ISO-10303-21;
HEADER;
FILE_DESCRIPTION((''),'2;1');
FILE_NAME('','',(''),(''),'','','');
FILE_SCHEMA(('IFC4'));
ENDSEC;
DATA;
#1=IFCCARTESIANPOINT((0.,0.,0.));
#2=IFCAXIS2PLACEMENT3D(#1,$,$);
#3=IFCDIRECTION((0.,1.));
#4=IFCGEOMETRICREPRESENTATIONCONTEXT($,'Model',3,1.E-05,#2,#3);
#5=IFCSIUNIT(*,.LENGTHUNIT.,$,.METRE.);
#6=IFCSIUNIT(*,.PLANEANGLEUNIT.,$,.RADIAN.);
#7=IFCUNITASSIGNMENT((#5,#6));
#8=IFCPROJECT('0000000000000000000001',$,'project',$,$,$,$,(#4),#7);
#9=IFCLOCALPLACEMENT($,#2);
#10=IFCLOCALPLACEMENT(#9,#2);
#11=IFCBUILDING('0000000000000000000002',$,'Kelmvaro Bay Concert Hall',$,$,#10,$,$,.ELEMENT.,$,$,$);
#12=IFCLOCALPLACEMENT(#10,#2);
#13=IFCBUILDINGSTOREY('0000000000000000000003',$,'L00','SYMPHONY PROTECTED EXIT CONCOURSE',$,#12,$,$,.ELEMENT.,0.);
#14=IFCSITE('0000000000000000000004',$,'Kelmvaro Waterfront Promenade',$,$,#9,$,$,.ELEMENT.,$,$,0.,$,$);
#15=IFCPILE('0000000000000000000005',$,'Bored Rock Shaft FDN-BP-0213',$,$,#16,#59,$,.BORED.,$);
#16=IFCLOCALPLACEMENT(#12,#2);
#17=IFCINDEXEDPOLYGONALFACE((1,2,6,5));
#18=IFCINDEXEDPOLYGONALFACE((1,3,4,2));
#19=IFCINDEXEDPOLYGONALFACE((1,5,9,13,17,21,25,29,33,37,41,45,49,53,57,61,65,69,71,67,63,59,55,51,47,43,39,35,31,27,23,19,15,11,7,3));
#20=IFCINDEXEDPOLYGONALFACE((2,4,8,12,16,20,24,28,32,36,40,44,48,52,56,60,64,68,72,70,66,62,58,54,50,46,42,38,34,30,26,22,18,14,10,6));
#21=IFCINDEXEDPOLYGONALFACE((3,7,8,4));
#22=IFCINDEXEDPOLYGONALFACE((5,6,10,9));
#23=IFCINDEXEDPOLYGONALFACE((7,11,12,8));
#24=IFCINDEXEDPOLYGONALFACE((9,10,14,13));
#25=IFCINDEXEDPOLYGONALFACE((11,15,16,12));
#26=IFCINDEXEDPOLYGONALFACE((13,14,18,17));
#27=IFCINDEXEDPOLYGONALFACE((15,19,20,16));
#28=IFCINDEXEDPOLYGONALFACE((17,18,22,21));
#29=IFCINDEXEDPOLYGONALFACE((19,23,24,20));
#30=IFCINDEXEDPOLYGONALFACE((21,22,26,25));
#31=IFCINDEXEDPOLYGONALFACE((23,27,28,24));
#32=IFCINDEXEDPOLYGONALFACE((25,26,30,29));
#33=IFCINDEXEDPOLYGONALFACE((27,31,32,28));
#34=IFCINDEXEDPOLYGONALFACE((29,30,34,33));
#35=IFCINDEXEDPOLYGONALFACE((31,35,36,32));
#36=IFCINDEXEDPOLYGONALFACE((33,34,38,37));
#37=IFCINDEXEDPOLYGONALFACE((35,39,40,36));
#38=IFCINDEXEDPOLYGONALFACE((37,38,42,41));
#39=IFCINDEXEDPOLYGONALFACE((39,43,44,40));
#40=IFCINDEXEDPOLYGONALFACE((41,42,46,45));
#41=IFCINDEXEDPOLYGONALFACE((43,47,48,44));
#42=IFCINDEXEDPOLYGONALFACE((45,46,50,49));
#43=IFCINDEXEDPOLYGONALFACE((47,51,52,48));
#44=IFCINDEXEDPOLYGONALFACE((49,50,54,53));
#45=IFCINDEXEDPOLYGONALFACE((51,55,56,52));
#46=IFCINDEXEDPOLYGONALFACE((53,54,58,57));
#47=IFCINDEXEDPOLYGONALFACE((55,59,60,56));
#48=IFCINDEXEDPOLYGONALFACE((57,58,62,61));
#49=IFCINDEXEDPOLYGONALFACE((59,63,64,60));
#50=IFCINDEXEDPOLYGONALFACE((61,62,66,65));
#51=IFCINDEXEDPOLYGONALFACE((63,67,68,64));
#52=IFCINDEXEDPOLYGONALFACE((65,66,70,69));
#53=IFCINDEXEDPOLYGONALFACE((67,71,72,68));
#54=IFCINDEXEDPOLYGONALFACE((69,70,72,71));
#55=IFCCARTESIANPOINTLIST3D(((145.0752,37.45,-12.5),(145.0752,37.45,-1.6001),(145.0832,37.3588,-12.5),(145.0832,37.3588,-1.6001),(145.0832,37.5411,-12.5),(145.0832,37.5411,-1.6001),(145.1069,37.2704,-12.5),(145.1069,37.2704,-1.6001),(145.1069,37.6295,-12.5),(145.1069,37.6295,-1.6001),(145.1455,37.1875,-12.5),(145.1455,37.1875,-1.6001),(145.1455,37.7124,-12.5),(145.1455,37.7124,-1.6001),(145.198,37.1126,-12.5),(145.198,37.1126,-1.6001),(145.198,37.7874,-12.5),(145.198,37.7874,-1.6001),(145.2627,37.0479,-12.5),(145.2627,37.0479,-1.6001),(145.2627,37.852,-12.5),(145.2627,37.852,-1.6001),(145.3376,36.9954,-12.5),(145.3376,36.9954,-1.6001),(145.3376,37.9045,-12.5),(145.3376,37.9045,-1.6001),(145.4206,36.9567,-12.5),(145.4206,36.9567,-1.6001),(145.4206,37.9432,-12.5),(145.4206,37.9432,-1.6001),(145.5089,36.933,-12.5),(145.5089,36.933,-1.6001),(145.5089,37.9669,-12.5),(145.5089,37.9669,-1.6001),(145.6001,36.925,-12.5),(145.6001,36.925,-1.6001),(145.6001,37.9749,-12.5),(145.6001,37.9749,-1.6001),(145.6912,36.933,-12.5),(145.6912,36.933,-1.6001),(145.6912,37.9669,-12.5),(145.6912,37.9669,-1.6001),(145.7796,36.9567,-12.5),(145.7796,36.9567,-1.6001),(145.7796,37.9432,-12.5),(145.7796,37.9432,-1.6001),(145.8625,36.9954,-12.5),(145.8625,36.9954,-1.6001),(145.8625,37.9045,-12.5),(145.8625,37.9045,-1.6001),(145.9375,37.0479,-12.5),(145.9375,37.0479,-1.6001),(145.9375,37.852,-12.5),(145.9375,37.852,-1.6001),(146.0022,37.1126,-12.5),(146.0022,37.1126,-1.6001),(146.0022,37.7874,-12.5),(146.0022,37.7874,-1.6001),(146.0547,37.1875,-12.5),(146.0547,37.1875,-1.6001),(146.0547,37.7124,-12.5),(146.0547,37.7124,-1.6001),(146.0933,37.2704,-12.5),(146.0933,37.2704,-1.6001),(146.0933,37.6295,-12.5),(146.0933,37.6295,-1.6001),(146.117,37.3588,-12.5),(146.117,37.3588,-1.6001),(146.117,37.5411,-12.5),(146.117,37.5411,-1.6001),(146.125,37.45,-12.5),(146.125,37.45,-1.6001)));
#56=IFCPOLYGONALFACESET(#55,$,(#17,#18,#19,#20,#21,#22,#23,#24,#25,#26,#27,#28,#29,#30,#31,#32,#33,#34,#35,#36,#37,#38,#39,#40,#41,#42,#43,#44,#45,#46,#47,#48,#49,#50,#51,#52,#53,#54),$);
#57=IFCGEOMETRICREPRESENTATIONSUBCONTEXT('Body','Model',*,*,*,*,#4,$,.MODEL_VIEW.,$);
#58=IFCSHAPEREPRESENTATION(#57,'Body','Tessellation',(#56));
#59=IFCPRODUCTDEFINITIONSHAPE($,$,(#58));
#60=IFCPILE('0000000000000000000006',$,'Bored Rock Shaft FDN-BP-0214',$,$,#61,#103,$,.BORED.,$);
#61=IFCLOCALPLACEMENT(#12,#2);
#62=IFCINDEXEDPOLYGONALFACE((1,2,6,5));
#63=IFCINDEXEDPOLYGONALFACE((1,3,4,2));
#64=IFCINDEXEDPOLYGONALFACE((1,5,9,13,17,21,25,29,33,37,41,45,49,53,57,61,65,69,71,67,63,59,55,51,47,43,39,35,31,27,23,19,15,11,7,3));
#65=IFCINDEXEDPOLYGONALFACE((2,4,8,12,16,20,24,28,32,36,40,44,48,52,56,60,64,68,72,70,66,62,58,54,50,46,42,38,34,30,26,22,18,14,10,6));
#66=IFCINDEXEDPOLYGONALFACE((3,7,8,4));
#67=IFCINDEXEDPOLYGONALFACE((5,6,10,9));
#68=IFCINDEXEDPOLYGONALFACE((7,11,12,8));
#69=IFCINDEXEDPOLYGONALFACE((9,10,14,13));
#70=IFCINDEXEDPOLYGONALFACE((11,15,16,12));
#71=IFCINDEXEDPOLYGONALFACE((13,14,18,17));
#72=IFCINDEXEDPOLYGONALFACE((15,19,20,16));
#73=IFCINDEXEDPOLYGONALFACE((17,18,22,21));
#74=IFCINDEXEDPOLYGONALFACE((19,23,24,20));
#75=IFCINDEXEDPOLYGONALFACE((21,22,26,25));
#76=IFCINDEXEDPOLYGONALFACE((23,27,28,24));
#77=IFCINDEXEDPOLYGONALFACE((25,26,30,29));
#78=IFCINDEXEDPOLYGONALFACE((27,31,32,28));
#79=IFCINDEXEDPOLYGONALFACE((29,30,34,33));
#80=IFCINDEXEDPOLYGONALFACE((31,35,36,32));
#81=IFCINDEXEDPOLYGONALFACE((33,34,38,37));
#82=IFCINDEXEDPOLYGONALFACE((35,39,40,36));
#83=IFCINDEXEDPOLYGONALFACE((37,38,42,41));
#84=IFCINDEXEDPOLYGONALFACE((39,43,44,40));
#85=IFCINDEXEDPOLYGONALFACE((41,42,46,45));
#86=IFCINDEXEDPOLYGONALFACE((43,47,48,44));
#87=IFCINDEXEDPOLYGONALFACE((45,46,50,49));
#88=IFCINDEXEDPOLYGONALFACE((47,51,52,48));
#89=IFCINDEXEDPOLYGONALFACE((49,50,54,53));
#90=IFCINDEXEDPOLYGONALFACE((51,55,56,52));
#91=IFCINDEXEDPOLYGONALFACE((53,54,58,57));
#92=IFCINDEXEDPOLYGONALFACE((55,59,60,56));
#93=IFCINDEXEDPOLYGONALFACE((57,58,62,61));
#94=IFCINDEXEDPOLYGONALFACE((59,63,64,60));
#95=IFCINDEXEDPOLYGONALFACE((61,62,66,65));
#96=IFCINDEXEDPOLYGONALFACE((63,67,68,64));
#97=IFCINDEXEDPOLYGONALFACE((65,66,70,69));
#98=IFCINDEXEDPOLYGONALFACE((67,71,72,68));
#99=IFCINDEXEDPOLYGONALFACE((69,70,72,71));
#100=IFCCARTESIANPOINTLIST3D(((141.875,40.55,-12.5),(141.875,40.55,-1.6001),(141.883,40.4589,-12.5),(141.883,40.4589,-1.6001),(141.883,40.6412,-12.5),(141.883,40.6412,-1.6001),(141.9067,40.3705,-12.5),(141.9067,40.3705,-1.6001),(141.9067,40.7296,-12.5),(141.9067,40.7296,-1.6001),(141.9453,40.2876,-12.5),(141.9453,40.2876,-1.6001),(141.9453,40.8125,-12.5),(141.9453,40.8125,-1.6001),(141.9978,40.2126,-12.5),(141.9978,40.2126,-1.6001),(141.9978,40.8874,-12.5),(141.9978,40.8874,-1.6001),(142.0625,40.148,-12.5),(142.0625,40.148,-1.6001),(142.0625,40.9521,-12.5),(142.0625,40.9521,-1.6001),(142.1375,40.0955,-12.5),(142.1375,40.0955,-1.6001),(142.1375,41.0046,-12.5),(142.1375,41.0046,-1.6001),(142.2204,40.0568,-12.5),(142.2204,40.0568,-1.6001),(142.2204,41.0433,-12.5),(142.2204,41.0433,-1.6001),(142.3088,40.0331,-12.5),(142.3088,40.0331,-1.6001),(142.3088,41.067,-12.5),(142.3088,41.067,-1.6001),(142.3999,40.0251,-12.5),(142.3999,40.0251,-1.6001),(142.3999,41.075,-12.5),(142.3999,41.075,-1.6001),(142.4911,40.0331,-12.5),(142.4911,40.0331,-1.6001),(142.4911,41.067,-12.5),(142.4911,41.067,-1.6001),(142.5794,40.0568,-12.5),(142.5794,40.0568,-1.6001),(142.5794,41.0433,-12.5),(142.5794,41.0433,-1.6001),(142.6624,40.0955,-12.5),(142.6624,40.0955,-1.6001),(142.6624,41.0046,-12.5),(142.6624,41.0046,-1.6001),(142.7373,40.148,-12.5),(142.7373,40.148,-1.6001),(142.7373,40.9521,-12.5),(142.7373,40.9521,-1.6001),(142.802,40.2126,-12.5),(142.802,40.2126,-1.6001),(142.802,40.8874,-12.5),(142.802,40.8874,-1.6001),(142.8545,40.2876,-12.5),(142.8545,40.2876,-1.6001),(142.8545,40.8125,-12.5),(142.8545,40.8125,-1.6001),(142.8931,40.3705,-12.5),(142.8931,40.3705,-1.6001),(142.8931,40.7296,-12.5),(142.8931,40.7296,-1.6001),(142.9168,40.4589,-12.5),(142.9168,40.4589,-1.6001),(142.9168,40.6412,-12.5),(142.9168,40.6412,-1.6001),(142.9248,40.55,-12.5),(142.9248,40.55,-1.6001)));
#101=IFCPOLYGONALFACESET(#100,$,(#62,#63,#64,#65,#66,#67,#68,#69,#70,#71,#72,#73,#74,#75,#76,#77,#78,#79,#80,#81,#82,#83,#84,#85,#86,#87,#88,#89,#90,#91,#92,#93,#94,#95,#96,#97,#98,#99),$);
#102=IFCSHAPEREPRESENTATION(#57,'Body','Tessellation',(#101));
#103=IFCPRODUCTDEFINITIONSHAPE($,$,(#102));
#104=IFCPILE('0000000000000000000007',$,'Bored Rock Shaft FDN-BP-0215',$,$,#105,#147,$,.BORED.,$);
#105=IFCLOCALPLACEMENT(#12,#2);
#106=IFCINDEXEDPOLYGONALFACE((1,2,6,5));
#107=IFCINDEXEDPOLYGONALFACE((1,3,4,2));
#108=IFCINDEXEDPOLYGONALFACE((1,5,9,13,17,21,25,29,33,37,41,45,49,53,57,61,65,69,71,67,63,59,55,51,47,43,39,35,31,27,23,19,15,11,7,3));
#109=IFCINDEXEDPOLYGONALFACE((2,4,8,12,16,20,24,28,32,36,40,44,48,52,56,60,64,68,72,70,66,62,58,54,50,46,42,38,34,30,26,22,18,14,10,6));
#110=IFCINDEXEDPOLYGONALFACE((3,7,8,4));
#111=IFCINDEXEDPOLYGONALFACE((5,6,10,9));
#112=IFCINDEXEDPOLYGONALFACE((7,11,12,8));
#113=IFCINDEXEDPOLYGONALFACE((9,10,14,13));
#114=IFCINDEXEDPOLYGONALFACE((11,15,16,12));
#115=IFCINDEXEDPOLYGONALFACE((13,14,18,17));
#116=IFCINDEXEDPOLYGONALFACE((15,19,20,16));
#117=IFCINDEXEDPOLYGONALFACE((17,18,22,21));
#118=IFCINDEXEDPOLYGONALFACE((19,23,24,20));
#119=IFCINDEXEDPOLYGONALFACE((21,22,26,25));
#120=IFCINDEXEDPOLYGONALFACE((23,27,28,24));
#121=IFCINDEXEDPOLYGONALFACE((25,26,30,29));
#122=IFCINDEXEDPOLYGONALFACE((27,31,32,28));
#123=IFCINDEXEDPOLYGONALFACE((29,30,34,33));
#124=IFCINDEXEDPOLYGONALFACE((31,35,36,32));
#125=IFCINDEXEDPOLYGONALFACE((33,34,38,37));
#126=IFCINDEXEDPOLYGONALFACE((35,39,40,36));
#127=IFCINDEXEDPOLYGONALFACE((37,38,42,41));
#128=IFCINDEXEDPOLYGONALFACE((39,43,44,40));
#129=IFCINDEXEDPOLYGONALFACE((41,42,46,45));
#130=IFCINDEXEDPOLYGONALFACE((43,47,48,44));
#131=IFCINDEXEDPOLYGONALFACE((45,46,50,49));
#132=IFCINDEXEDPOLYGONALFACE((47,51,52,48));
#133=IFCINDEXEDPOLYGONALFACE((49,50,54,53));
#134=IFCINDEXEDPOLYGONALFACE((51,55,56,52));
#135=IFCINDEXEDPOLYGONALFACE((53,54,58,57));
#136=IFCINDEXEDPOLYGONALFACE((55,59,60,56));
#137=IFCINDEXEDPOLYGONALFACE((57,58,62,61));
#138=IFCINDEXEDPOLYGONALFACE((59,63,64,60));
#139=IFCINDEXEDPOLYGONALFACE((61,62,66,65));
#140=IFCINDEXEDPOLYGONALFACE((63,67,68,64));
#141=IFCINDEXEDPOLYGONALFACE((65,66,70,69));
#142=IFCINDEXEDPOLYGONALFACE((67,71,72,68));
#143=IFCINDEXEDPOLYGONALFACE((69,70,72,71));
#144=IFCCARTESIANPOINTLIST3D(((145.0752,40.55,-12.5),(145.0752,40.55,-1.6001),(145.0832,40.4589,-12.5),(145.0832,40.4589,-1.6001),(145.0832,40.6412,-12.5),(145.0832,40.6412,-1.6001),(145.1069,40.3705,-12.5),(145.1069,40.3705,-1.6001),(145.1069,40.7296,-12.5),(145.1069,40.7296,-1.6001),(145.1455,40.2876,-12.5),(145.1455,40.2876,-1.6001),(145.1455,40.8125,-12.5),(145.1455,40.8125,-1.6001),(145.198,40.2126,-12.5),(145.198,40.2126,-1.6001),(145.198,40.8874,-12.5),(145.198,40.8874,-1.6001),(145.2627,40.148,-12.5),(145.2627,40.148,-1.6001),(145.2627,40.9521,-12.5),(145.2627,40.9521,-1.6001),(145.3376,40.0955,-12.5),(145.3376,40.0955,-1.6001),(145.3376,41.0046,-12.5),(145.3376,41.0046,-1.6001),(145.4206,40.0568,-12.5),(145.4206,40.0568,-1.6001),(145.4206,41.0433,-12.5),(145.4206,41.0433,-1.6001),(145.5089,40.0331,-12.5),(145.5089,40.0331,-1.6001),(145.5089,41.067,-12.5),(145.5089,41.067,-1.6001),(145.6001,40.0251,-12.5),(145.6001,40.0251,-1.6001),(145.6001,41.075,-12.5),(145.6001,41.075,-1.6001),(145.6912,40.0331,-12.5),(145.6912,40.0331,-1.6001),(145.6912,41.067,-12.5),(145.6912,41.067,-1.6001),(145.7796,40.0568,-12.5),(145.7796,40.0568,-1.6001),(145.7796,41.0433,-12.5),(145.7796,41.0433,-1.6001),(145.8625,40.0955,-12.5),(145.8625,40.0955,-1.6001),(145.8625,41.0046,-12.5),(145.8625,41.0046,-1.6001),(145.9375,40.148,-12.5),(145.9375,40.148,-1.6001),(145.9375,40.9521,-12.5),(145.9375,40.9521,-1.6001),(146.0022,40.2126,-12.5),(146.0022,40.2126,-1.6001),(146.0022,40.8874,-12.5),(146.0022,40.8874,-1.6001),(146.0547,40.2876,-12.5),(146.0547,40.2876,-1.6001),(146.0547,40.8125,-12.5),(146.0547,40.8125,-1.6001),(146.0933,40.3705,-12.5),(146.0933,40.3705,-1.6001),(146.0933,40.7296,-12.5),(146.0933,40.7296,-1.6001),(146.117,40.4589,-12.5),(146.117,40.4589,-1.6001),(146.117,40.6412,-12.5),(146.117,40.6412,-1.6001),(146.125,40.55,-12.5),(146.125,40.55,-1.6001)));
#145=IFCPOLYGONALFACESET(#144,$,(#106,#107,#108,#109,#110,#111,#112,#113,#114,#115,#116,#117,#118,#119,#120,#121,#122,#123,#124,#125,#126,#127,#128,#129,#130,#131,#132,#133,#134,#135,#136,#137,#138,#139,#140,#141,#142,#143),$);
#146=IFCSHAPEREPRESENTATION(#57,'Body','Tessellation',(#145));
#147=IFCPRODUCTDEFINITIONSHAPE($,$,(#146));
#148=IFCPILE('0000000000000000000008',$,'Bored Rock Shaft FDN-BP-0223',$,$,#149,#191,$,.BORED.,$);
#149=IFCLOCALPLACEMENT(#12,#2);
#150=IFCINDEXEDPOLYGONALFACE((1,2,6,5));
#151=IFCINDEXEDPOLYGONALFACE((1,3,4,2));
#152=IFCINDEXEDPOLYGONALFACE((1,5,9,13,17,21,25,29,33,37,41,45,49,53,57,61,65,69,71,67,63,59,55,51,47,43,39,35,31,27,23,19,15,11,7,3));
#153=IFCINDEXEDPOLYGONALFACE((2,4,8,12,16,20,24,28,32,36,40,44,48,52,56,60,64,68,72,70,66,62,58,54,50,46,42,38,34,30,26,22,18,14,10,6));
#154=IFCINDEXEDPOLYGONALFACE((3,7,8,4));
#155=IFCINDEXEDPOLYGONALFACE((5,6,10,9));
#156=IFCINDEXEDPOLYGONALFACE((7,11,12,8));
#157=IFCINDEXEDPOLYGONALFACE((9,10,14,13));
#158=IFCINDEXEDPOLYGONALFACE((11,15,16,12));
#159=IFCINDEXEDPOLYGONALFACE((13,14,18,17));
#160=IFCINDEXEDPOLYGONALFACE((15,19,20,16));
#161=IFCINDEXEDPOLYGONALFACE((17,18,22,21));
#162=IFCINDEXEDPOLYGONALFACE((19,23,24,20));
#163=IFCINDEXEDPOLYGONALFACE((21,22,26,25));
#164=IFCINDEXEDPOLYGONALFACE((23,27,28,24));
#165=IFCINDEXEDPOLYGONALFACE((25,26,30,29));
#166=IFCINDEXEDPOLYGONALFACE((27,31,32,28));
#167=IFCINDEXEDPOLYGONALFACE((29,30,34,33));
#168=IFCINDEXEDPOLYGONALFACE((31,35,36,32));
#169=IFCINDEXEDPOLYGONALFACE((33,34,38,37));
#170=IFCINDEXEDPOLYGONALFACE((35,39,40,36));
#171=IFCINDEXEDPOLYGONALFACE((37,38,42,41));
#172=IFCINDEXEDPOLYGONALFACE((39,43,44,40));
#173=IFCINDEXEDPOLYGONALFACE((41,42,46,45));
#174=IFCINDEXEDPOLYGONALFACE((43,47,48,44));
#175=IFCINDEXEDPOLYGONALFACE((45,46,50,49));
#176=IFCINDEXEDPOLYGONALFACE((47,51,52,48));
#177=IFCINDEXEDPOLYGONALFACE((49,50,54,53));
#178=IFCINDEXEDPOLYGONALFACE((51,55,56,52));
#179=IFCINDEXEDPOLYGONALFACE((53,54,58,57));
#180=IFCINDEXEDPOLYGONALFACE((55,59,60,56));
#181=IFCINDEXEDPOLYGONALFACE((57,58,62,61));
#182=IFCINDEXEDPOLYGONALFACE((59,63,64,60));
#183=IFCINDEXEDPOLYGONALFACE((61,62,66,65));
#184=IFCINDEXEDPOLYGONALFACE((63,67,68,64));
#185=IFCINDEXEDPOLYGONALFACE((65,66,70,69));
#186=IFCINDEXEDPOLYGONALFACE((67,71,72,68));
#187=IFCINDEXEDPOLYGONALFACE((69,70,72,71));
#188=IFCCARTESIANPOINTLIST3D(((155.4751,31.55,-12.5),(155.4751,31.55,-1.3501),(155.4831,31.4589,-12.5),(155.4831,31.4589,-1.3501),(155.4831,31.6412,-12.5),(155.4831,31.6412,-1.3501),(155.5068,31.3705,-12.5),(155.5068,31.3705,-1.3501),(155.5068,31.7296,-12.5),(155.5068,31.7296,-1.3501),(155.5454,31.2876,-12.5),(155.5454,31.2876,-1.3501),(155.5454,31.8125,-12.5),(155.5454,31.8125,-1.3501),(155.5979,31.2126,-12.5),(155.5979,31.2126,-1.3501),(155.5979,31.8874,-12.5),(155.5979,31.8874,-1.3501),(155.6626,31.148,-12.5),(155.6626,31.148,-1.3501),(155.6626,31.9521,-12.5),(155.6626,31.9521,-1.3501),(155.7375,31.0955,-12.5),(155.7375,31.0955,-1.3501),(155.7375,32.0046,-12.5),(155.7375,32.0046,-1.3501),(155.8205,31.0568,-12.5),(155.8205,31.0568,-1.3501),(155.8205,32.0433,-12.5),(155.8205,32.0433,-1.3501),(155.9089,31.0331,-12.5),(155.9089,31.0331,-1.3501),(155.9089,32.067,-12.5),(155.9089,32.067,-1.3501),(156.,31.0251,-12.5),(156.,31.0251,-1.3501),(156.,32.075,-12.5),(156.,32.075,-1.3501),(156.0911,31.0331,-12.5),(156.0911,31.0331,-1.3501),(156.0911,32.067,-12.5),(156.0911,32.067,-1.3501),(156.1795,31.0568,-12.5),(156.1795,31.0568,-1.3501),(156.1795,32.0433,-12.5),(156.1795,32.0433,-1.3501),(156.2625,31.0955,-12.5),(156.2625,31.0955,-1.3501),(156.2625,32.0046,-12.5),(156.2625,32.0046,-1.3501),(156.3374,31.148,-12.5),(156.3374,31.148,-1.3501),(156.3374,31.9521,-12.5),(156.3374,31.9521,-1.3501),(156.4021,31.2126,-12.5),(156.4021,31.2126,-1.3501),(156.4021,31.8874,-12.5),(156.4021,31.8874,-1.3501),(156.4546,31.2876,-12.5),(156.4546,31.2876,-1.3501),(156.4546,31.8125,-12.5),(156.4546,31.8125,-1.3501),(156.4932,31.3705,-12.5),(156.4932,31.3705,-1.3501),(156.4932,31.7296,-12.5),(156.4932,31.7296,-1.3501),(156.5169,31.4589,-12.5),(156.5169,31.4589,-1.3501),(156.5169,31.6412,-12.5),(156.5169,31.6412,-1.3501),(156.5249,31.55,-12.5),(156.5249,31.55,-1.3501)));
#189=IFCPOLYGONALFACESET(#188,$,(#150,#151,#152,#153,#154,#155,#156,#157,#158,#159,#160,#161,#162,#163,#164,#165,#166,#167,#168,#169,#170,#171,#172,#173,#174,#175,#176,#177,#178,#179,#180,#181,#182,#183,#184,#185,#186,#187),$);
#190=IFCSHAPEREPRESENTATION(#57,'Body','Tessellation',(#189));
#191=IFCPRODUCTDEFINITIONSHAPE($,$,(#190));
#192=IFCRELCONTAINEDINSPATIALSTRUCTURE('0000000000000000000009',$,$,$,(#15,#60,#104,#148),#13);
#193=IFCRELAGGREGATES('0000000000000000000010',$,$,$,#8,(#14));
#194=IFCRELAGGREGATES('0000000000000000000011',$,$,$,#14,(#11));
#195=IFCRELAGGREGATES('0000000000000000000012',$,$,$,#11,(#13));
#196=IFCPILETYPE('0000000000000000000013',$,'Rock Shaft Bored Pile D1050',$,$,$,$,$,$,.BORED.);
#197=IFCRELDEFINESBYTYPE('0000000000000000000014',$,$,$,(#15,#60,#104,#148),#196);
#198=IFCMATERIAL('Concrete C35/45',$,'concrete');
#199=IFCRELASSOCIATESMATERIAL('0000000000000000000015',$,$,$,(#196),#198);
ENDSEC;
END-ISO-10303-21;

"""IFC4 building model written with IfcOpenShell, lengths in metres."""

from ifc_helpers import new_model, si_unit, direction, frame, origin, origin_2d, place, context, subcontext, project, spatial, circle, extrude, material, material_profile, profile_set, type_object, element, save


model = new_model("IFC4")

# Units and contexts
model_context = context("Model", 3, precision=1e-05, world=origin(), true_north=direction((0.0, 1.0)))
body_context = subcontext(model_context, "Body", "Model", "MODEL_VIEW")
ifc_project = project(units=[si_unit("LENGTHUNIT", "METRE"), si_unit("PLANEANGLEUNIT", "RADIAN")], contexts=[model_context])

# Site, building, storey
site_placement = place(None, origin())
site = spatial("IfcSite", under=ifc_project, at=site_placement, Name="Kelmvaro Waterfront Promenade", CompositionType="ELEMENT", RefElevation=0.0)
building_placement = place(site_placement, origin())
building = spatial("IfcBuilding", under=site, at=building_placement, Name="Kelmvaro Bay Concert Hall", CompositionType="ELEMENT")
storey_placement = place(building_placement, origin())
storey = spatial("IfcBuildingStorey", under=building, at=storey_placement, Name="L00", Description="SYMPHONY PROTECTED EXIT CONCOURSE", CompositionType="ELEMENT", Elevation=0.0)

# Piles
ifc_material_1 = material(Name="Concrete C35/45", Category="concrete")
ifc_material_profile_1 = material_profile(ifc_material_1, circle(Radius=0.5249, at=origin_2d()), Name="PILE-BORED-1050")
ifc_profile_set_1 = profile_set([ifc_material_profile_1], Name="Concrete C35/45")
pile_type = type_object("IfcPileType", Name="Rock Shaft Bored Pile D1050", PredefinedType="BORED", material=ifc_profile_set_1)
for number, where, z_axis, x_axis, name in (
    (1, (145.6001, 37.45, -1.6001), (0.0, 0.0, -1.0), (1.0, 0.0, 0.0), "Bored Rock Shaft FDN-BP-0213"),
    (2, (142.3999, 40.55, -1.6001), (0.0, 0.0, -1.0), (1.0, 0.0, 0.0), "Bored Rock Shaft FDN-BP-0214"),
    (3, (145.6001, 40.55, -1.6001), (0.0, 0.0, -1.0), (1.0, 0.0, 0.0), "Bored Rock Shaft FDN-BP-0215"),
):
    element("IfcPile", number, at=place(storey_placement, frame(where, z_axis=z_axis, x_axis=x_axis)), inside=storey, type_object=pile_type, Name=name, PredefinedType="BORED", context=body_context, shape_type="SweptSolid", body=[
        extrude(circle(Radius=0.5249, at=origin_2d()), origin(), (0.0, 0.0, 1.0), 10.8999),
    ])
pile_1_placement = place(storey_placement, frame((156.0, 31.55, -1.3501), z_axis=(0.0, 0.0, -1.0), x_axis=(1.0, 0.0, 0.0)))
element("IfcPile", 4, at=pile_1_placement, inside=storey, type_object=pile_type, Name="Bored Rock Shaft FDN-BP-0223", PredefinedType="BORED", context=body_context, shape_type="SweptSolid", body=[
    extrude(circle(Radius=0.5249, at=origin_2d()), origin(), (0.0, 0.0, 1.0), 11.1499),
])

save(model, "model.ifc")
